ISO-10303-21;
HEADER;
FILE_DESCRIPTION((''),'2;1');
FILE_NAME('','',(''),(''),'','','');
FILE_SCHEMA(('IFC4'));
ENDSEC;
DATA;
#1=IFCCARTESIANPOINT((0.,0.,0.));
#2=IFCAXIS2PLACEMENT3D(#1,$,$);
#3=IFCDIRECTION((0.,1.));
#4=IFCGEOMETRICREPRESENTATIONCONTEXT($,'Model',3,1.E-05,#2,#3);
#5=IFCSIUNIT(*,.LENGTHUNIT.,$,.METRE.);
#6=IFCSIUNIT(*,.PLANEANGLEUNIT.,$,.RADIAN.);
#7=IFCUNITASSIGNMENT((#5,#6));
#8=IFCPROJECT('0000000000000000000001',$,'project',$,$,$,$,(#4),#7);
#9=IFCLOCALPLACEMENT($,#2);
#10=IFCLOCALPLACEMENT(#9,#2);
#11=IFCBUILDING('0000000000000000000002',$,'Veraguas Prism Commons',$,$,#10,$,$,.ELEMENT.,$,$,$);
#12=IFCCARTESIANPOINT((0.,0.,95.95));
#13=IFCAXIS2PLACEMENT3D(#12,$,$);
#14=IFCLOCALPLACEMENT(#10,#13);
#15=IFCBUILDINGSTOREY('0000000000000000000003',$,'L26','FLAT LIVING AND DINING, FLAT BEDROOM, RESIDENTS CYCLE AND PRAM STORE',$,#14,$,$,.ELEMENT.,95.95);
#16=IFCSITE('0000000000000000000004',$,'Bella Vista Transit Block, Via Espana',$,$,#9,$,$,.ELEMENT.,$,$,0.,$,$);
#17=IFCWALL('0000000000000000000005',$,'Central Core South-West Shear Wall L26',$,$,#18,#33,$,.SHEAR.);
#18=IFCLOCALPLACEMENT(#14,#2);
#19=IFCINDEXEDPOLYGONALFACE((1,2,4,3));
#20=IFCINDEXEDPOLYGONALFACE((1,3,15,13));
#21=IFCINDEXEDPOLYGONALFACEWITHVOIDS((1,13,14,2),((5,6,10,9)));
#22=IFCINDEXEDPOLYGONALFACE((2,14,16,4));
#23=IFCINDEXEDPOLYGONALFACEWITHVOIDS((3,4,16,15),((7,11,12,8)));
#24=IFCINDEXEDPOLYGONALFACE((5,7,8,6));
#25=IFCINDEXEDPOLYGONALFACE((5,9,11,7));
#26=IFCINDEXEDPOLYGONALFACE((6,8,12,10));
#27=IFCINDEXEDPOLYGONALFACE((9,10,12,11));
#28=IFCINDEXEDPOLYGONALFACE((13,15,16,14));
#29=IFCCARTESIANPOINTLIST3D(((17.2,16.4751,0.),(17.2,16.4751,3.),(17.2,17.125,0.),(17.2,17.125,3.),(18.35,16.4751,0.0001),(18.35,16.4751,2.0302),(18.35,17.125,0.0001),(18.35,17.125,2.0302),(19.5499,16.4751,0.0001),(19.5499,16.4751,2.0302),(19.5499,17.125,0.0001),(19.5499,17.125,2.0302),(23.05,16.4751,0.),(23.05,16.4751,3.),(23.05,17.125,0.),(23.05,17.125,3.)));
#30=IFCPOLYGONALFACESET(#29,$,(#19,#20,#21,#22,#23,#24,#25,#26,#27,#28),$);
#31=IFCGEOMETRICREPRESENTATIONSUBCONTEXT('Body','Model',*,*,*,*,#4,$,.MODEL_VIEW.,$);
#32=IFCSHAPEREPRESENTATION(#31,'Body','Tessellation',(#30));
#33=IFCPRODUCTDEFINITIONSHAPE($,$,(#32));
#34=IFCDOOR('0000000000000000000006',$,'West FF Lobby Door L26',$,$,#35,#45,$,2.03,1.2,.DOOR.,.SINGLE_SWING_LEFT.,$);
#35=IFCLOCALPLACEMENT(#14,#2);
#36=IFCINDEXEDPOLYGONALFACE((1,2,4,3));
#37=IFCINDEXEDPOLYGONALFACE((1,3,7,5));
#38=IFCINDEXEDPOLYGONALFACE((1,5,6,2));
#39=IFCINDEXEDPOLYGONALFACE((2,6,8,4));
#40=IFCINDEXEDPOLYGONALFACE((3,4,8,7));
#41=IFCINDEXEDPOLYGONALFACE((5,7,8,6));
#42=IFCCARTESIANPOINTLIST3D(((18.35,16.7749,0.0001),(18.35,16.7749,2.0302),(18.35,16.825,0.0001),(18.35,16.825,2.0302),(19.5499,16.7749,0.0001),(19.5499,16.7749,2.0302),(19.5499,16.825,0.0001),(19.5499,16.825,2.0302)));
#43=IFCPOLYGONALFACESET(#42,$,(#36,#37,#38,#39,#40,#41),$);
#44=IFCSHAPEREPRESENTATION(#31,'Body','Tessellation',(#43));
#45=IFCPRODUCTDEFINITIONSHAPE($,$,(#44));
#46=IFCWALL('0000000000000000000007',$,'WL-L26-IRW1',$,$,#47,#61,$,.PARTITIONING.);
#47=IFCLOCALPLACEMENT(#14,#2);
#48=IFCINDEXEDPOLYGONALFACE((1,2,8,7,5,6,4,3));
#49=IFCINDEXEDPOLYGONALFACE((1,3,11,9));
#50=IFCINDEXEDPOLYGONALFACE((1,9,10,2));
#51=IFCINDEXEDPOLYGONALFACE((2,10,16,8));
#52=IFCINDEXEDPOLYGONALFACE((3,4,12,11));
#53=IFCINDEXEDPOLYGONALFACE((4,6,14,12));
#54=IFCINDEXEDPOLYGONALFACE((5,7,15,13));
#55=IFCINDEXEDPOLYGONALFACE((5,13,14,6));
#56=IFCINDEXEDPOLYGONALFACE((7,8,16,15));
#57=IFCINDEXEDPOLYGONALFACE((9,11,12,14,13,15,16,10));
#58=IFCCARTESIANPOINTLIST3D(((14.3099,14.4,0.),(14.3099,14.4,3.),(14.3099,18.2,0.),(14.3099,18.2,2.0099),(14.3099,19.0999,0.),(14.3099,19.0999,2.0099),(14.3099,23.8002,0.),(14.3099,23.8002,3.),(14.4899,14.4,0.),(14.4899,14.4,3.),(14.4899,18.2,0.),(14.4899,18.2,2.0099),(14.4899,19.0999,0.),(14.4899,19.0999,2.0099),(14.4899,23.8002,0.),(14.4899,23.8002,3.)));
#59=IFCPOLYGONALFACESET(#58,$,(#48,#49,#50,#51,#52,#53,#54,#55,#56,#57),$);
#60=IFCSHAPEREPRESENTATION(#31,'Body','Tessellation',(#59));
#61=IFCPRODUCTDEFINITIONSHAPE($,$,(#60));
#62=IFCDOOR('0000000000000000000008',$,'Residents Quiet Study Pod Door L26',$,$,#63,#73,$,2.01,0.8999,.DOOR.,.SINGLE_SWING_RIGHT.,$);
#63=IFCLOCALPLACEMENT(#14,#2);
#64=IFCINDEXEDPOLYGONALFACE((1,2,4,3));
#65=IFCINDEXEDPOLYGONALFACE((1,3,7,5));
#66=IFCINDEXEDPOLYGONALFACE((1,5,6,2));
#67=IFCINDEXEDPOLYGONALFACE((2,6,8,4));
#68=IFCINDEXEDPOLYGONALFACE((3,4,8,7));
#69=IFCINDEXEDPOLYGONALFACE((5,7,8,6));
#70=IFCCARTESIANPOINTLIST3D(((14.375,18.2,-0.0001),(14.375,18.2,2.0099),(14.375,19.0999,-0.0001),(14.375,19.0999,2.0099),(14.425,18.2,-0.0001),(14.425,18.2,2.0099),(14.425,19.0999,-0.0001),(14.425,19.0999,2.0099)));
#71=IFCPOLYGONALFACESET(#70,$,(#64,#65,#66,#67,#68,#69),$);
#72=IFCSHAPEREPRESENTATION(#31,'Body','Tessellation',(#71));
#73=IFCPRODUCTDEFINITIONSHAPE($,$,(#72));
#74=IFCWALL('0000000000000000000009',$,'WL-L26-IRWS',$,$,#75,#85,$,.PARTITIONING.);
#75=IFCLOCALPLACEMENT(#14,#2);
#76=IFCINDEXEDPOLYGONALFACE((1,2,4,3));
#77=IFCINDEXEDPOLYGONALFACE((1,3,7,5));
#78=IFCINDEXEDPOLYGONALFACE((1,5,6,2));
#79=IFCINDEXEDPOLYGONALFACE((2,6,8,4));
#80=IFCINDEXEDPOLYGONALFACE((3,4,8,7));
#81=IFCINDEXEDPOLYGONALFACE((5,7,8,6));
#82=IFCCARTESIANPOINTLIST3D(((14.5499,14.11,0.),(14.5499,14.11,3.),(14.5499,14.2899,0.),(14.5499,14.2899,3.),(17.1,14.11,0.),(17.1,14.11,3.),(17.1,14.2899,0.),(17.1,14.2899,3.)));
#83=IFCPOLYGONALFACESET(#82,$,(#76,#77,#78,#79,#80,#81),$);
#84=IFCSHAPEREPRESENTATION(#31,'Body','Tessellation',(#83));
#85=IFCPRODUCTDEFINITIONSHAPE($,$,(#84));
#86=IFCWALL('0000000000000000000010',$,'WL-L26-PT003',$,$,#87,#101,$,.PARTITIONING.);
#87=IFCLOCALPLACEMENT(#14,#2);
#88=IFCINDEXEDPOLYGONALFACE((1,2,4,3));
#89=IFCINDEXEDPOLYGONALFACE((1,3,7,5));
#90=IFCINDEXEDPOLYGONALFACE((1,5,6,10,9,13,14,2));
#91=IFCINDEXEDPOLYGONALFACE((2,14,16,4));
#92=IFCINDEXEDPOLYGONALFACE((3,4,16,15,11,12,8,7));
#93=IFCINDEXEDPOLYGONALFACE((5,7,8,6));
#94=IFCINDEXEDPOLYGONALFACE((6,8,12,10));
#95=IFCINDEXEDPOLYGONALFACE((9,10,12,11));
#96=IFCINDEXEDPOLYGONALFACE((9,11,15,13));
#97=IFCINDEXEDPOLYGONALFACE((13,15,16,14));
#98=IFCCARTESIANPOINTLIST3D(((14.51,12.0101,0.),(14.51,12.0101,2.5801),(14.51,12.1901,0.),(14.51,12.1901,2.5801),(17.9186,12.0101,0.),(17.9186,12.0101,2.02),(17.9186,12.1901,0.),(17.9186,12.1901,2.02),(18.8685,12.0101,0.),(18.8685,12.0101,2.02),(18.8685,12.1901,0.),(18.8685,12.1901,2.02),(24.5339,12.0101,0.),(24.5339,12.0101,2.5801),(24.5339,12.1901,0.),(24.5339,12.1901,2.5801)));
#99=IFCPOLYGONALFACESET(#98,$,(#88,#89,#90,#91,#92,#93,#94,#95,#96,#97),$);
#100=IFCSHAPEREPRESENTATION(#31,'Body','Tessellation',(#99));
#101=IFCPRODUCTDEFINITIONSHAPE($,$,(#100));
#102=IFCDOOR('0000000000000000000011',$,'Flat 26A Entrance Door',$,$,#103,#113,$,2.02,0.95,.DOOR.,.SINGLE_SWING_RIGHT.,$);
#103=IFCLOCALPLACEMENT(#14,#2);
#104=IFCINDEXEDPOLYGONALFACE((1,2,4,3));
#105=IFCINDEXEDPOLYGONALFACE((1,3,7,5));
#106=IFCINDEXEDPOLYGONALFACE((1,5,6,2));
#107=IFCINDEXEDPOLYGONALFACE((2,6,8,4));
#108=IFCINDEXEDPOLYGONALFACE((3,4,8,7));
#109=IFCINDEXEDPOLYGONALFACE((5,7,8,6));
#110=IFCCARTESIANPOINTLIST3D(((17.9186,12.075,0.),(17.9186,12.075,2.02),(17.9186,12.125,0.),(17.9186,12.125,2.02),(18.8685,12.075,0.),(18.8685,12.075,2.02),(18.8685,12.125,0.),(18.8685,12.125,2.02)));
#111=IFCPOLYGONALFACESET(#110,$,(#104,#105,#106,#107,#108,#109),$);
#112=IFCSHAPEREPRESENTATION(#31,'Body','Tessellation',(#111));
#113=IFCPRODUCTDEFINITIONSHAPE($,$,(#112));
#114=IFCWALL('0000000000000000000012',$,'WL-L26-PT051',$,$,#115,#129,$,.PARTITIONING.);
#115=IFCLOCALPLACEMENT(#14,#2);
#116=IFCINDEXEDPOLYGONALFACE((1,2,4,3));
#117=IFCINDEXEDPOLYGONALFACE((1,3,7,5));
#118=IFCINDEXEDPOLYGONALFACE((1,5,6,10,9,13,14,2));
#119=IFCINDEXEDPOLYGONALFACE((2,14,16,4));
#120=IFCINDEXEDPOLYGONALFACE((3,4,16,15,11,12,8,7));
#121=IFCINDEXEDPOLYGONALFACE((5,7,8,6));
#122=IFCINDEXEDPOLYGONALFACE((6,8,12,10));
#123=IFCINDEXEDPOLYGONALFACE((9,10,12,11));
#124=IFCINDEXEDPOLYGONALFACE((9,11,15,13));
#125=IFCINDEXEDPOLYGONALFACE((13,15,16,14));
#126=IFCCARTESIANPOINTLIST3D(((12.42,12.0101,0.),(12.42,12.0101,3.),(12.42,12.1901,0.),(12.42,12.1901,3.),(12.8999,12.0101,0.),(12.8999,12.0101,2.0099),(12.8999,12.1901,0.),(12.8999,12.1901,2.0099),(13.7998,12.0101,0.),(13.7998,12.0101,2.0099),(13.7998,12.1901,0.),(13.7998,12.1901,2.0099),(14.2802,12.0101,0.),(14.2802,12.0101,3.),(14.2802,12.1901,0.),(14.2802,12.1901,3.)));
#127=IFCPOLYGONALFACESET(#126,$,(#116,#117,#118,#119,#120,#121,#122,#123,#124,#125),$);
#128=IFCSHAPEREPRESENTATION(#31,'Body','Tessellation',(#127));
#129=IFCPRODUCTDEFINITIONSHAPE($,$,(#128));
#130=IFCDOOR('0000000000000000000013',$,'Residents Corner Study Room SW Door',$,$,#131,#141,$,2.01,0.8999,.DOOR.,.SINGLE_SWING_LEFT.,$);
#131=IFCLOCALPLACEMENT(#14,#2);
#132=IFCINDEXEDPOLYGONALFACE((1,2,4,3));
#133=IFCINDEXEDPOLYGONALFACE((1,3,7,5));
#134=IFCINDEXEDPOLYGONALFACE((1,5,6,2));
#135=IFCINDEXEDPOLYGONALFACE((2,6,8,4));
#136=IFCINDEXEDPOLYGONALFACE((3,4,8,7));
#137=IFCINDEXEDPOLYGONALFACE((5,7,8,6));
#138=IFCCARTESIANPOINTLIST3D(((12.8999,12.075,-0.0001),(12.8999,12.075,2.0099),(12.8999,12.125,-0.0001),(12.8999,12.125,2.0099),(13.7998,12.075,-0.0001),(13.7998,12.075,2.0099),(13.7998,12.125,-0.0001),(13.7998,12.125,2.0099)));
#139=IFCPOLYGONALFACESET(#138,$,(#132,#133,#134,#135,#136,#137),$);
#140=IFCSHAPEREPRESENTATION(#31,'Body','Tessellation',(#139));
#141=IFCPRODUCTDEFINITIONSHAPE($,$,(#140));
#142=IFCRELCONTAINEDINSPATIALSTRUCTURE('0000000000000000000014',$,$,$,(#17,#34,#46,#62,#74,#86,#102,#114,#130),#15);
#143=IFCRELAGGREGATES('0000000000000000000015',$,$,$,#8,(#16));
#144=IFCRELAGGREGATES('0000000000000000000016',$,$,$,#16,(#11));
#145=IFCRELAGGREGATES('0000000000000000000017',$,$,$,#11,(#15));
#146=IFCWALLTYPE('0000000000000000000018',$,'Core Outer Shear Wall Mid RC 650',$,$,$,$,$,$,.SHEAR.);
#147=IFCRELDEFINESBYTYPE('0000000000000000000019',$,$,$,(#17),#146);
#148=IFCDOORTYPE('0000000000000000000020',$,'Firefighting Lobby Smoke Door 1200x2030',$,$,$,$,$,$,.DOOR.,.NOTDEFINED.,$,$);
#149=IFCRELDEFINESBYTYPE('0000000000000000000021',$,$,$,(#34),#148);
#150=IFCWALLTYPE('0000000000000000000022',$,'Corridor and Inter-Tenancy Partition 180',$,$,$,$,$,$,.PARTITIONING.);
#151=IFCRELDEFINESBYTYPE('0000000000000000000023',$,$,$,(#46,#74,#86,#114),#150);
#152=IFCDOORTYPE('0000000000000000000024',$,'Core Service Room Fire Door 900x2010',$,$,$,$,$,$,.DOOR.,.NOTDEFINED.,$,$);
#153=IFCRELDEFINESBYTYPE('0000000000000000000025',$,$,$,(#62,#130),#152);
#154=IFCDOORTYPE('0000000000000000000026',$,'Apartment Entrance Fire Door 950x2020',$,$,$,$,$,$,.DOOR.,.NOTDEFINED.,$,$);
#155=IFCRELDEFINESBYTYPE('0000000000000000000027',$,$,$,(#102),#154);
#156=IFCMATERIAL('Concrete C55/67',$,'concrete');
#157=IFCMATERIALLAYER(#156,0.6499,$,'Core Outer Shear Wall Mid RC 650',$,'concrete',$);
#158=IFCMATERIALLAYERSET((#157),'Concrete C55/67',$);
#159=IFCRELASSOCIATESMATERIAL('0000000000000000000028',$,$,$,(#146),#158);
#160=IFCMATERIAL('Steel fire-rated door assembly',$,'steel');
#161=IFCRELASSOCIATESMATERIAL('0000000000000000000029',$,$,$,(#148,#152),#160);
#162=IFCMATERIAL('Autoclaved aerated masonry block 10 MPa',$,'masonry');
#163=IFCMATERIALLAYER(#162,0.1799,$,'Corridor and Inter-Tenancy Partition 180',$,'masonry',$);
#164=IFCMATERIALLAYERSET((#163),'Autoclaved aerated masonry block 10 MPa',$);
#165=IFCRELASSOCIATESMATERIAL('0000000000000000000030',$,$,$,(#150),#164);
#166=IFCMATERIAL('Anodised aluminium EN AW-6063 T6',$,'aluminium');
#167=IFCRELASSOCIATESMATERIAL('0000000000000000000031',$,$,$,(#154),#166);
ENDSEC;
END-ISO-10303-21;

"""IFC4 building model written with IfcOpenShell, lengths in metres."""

from ifc_helpers import new_model, si_unit, direction, frame, frame_2d, origin, place, context, subcontext, project, spatial, rectangle, extrude, source, transform, mapped, material, layer, layer_set, type_object, element, fill, save


model = new_model("IFC4")

# Units and contexts
model_context = context("Model", 3, precision=1e-05, world=origin(), true_north=direction((0.0, 1.0)))
body_context = subcontext(model_context, "Body", "Model", "MODEL_VIEW")
ifc_project = project(units=[si_unit("LENGTHUNIT", "METRE"), si_unit("PLANEANGLEUNIT", "RADIAN")], contexts=[model_context])

# Site, building, storey
site_placement = place(None, origin())
site = spatial("IfcSite", under=ifc_project, at=site_placement, Name="Bella Vista Transit Block, Via Espana", CompositionType="ELEMENT", RefElevation=0.0)
building_placement = place(site_placement, origin())
building = spatial("IfcBuilding", under=site, at=building_placement, Name="Veraguas Prism Commons", CompositionType="ELEMENT")
storey_placement = place(building_placement, frame((0.0, 0.0, 95.95)))
storey = spatial("IfcBuildingStorey", under=building, at=storey_placement, Name="L26", Description="FLAT LIVING AND DINING, FLAT BEDROOM, RESIDENTS CYCLE AND PRAM STORE", CompositionType="ELEMENT", Elevation=95.95)

# Shared definitions
ifc_material_1 = material(Name="Steel fire-rated door assembly", Category="steel")

# Shared definitions
ifc_material_2 = material(Name="Concrete C55/67", Category="concrete")
ifc_layer_1 = layer(ifc_material_2, 0.6499, Name="Core Outer Shear Wall Mid RC 650", Category="concrete")
ifc_layer_set_1 = layer_set([ifc_layer_1], Name="Concrete C55/67")
wall_type_1 = type_object("IfcWallType", Name="Core Outer Shear Wall Mid RC 650", PredefinedType="SHEAR", material=ifc_layer_set_1)

# Walls, openings, doors
wall_1_placement = place(storey_placement, frame((17.2, 16.8, 0.0), z_axis=(0.0, 0.0, 1.0), x_axis=(1.0, 0.0, 0.0)))
wall_1 = element("IfcWall", 1, at=wall_1_placement, inside=storey, type_object=wall_type_1, Name="Central Core South-West Shear Wall L26", PredefinedType="SHEAR", context=body_context, shape_type="SweptSolid", body=[
    extrude(rectangle(XDim=5.8501, YDim=0.6499, at=frame_2d((2.925, 0.0))), origin(), (0.0, 0.0, 1.0), 3.0),
])
opening_1_placement = place(wall_1_placement, frame((1.1499, 0.0, 0.0)))
opening_1 = element("IfcOpeningElement", 2, at=opening_1_placement, cuts=wall_1, PredefinedType="OPENING", context=body_context, shape_type="SweptSolid", body=[
    extrude(rectangle(XDim=1.2, YDim=2.03, at=frame_2d((0.6001, 1.0151))), frame((0.0, 0.335, 0.0), z_axis=(0.0, -1.0, 0.0), x_axis=(1.0, 0.0, 0.0)), (0.0, 0.0, 1.0), 0.6699),
])
door_type_1 = type_object("IfcDoorType", Name="Firefighting Lobby Smoke Door 1200x2030", OperationType="NOTDEFINED", PredefinedType="DOOR", material=ifc_material_1)
shared_shape_1 = source(origin(), body_context, "Body", "SweptSolid", [
    extrude(rectangle(XDim=1.2, YDim=2.03, at=frame_2d((0.6001, 1.0151))), frame((0.0, 0.0249, 0.0), z_axis=(0.0, -1.0, 0.0), x_axis=(1.0, 0.0, 0.0)), (0.0, 0.0, 1.0), 0.05),
])
door_1_placement = place(opening_1_placement, origin())
door_1 = element("IfcDoor", 3, at=door_1_placement, inside=storey, type_object=door_type_1, Name="West FF Lobby Door L26", OperationType="SINGLE_SWING_LEFT", OverallHeight=2.03, OverallWidth=1.2, PredefinedType="DOOR", context=body_context, shape_type="MappedRepresentation", body=[
    mapped(shared_shape_1, transform((0.0, 0.0, 0.0), scale=1.0)),
])
fill(opening_1, door_1)
ifc_material_3 = material(Name="Autoclaved aerated masonry block 10 MPa", Category="masonry")
ifc_layer_2 = layer(ifc_material_3, 0.1799, Name="Corridor and Inter-Tenancy Partition 180", Category="masonry")
ifc_layer_set_2 = layer_set([ifc_layer_2], Name="Autoclaved aerated masonry block 10 MPa")
wall_type_2 = type_object("IfcWallType", Name="Corridor and Inter-Tenancy Partition 180", PredefinedType="PARTITIONING", material=ifc_layer_set_2)
wall_2_placement = place(storey_placement, frame((14.3999, 14.3999, 0.0), z_axis=(0.0, 0.0, 1.0), x_axis=(0.0, 1.0, 0.0)))
wall_2 = element("IfcWall", 4, at=wall_2_placement, inside=storey, type_object=wall_type_2, Name="WL-L26-IRW1", PredefinedType="PARTITIONING", context=body_context, shape_type="SweptSolid", body=[
    extrude(rectangle(XDim=9.4001, YDim=0.1799, at=frame_2d((4.7002, 0.0))), origin(), (0.0, 0.0, 1.0), 3.0),
])
opening_2_placement = place(wall_2_placement, frame((3.8, 0.0, 0.0)))
opening_2 = element("IfcOpeningElement", 5, at=opening_2_placement, cuts=wall_2, PredefinedType="OPENING", context=body_context, shape_type="SweptSolid", body=[
    extrude(rectangle(XDim=0.8999, YDim=2.01, at=frame_2d((0.45, 1.0049))), frame((0.0, 0.0999, 0.0), z_axis=(0.0, -1.0, 0.0), x_axis=(1.0, 0.0, 0.0)), (0.0, 0.0, 1.0), 0.2),
])
door_type_2 = type_object("IfcDoorType", Name="Core Service Room Fire Door 900x2010", OperationType="NOTDEFINED", PredefinedType="DOOR", material=ifc_material_1)
shared_shape_2 = source(origin(), body_context, "Body", "SweptSolid", [
    extrude(rectangle(XDim=0.8999, YDim=2.01, at=frame_2d((0.45, 1.0049))), frame((0.0, 0.0249, 0.0), z_axis=(0.0, -1.0, 0.0), x_axis=(1.0, 0.0, 0.0)), (0.0, 0.0, 1.0), 0.05),
])
door_2_placement = place(opening_2_placement, origin())
door_2 = element("IfcDoor", 6, at=door_2_placement, inside=storey, type_object=door_type_2, Name="Residents Quiet Study Pod Door L26", OperationType="SINGLE_SWING_RIGHT", OverallHeight=2.01, OverallWidth=0.8999, PredefinedType="DOOR", context=body_context, shape_type="MappedRepresentation", body=[
    mapped(shared_shape_2, transform((0.0, 0.0, 0.0), scale=1.0)),
])
fill(opening_2, door_2)

# Wall
wall_3_placement = place(storey_placement, frame((14.55, 14.2, 0.0), z_axis=(0.0, 0.0, 1.0), x_axis=(1.0, 0.0, 0.0)))
element("IfcWall", 7, at=wall_3_placement, inside=storey, type_object=wall_type_2, Name="WL-L26-IRWS", PredefinedType="PARTITIONING", context=body_context, shape_type="SweptSolid", body=[
    extrude(rectangle(XDim=2.55, YDim=0.1799, at=frame_2d((1.2749, 0.0))), origin(), (0.0, 0.0, 1.0), 3.0),
])

# Walls, openings, doors
wall_4_placement = place(storey_placement, frame((14.51, 12.1001, 0.0), z_axis=(0.0, 0.0, 1.0), x_axis=(1.0, 0.0, 0.0)))
wall_4 = element("IfcWall", 8, at=wall_4_placement, inside=storey, type_object=wall_type_2, Name="WL-L26-PT003", PredefinedType="PARTITIONING", context=body_context, shape_type="SweptSolid", body=[
    extrude(rectangle(XDim=10.0239, YDim=0.1799, at=frame_2d((5.012, 0.0))), origin(), (0.0, 0.0, 1.0), 2.5801),
])
opening_3_placement = place(wall_4_placement, frame((3.4084, 0.0, 0.0)))
opening_3 = element("IfcOpeningElement", 9, at=opening_3_placement, cuts=wall_4, PredefinedType="OPENING", context=body_context, shape_type="SweptSolid", body=[
    extrude(rectangle(XDim=0.95, YDim=2.02, at=frame_2d((0.4751, 1.01))), frame((0.0, 0.0999, 0.0), z_axis=(0.0, -1.0, 0.0), x_axis=(1.0, 0.0, 0.0)), (0.0, 0.0, 1.0), 0.2),
])
ifc_material_4 = material(Name="Anodised aluminium EN AW-6063 T6", Category="aluminium")
door_type_3 = type_object("IfcDoorType", Name="Apartment Entrance Fire Door 950x2020", OperationType="NOTDEFINED", PredefinedType="DOOR", material=ifc_material_4)
shared_shape_3 = source(origin(), body_context, "Body", "SweptSolid", [
    extrude(rectangle(XDim=0.95, YDim=2.02, at=frame_2d((0.4751, 1.01))), frame((0.0, 0.0249, 0.0), z_axis=(0.0, -1.0, 0.0), x_axis=(1.0, 0.0, 0.0)), (0.0, 0.0, 1.0), 0.05),
])
door_3_placement = place(opening_3_placement, origin())
door_3 = element("IfcDoor", 10, at=door_3_placement, inside=storey, type_object=door_type_3, Name="Flat 26A Entrance Door", OperationType="SINGLE_SWING_RIGHT", OverallHeight=2.02, OverallWidth=0.95, PredefinedType="DOOR", context=body_context, shape_type="MappedRepresentation", body=[
    mapped(shared_shape_3, transform((0.0, 0.0, 0.0), scale=1.0)),
])
fill(opening_3, door_3)
wall_5_placement = place(storey_placement, frame((12.4199, 12.1001, 0.0), z_axis=(0.0, 0.0, 1.0), x_axis=(1.0, 0.0, 0.0)))
wall_5 = element("IfcWall", 11, at=wall_5_placement, inside=storey, type_object=wall_type_2, Name="WL-L26-PT051", PredefinedType="PARTITIONING", context=body_context, shape_type="SweptSolid", body=[
    extrude(rectangle(XDim=1.8601, YDim=0.1799, at=frame_2d((0.9302, 0.0))), origin(), (0.0, 0.0, 1.0), 3.0),
])
opening_4_placement = place(wall_5_placement, frame((0.48, 0.0, 0.0)))
opening_4 = element("IfcOpeningElement", 12, at=opening_4_placement, cuts=wall_5, PredefinedType="OPENING", context=body_context, shape_type="SweptSolid", body=[
    extrude(rectangle(XDim=0.8999, YDim=2.01, at=frame_2d((0.45, 1.0049))), frame((0.0, 0.0999, 0.0), z_axis=(0.0, -1.0, 0.0), x_axis=(1.0, 0.0, 0.0)), (0.0, 0.0, 1.0), 0.2),
])
door_4_placement = place(opening_4_placement, origin())
door_4 = element("IfcDoor", 13, at=door_4_placement, inside=storey, type_object=door_type_2, Name="Residents Corner Study Room SW Door", OperationType="SINGLE_SWING_LEFT", OverallHeight=2.01, OverallWidth=0.8999, PredefinedType="DOOR", context=body_context, shape_type="MappedRepresentation", body=[
    mapped(shared_shape_2, transform((0.0, 0.0, 0.0), scale=1.0)),
])
fill(opening_4, door_4)

save(model, "model.ifc")
